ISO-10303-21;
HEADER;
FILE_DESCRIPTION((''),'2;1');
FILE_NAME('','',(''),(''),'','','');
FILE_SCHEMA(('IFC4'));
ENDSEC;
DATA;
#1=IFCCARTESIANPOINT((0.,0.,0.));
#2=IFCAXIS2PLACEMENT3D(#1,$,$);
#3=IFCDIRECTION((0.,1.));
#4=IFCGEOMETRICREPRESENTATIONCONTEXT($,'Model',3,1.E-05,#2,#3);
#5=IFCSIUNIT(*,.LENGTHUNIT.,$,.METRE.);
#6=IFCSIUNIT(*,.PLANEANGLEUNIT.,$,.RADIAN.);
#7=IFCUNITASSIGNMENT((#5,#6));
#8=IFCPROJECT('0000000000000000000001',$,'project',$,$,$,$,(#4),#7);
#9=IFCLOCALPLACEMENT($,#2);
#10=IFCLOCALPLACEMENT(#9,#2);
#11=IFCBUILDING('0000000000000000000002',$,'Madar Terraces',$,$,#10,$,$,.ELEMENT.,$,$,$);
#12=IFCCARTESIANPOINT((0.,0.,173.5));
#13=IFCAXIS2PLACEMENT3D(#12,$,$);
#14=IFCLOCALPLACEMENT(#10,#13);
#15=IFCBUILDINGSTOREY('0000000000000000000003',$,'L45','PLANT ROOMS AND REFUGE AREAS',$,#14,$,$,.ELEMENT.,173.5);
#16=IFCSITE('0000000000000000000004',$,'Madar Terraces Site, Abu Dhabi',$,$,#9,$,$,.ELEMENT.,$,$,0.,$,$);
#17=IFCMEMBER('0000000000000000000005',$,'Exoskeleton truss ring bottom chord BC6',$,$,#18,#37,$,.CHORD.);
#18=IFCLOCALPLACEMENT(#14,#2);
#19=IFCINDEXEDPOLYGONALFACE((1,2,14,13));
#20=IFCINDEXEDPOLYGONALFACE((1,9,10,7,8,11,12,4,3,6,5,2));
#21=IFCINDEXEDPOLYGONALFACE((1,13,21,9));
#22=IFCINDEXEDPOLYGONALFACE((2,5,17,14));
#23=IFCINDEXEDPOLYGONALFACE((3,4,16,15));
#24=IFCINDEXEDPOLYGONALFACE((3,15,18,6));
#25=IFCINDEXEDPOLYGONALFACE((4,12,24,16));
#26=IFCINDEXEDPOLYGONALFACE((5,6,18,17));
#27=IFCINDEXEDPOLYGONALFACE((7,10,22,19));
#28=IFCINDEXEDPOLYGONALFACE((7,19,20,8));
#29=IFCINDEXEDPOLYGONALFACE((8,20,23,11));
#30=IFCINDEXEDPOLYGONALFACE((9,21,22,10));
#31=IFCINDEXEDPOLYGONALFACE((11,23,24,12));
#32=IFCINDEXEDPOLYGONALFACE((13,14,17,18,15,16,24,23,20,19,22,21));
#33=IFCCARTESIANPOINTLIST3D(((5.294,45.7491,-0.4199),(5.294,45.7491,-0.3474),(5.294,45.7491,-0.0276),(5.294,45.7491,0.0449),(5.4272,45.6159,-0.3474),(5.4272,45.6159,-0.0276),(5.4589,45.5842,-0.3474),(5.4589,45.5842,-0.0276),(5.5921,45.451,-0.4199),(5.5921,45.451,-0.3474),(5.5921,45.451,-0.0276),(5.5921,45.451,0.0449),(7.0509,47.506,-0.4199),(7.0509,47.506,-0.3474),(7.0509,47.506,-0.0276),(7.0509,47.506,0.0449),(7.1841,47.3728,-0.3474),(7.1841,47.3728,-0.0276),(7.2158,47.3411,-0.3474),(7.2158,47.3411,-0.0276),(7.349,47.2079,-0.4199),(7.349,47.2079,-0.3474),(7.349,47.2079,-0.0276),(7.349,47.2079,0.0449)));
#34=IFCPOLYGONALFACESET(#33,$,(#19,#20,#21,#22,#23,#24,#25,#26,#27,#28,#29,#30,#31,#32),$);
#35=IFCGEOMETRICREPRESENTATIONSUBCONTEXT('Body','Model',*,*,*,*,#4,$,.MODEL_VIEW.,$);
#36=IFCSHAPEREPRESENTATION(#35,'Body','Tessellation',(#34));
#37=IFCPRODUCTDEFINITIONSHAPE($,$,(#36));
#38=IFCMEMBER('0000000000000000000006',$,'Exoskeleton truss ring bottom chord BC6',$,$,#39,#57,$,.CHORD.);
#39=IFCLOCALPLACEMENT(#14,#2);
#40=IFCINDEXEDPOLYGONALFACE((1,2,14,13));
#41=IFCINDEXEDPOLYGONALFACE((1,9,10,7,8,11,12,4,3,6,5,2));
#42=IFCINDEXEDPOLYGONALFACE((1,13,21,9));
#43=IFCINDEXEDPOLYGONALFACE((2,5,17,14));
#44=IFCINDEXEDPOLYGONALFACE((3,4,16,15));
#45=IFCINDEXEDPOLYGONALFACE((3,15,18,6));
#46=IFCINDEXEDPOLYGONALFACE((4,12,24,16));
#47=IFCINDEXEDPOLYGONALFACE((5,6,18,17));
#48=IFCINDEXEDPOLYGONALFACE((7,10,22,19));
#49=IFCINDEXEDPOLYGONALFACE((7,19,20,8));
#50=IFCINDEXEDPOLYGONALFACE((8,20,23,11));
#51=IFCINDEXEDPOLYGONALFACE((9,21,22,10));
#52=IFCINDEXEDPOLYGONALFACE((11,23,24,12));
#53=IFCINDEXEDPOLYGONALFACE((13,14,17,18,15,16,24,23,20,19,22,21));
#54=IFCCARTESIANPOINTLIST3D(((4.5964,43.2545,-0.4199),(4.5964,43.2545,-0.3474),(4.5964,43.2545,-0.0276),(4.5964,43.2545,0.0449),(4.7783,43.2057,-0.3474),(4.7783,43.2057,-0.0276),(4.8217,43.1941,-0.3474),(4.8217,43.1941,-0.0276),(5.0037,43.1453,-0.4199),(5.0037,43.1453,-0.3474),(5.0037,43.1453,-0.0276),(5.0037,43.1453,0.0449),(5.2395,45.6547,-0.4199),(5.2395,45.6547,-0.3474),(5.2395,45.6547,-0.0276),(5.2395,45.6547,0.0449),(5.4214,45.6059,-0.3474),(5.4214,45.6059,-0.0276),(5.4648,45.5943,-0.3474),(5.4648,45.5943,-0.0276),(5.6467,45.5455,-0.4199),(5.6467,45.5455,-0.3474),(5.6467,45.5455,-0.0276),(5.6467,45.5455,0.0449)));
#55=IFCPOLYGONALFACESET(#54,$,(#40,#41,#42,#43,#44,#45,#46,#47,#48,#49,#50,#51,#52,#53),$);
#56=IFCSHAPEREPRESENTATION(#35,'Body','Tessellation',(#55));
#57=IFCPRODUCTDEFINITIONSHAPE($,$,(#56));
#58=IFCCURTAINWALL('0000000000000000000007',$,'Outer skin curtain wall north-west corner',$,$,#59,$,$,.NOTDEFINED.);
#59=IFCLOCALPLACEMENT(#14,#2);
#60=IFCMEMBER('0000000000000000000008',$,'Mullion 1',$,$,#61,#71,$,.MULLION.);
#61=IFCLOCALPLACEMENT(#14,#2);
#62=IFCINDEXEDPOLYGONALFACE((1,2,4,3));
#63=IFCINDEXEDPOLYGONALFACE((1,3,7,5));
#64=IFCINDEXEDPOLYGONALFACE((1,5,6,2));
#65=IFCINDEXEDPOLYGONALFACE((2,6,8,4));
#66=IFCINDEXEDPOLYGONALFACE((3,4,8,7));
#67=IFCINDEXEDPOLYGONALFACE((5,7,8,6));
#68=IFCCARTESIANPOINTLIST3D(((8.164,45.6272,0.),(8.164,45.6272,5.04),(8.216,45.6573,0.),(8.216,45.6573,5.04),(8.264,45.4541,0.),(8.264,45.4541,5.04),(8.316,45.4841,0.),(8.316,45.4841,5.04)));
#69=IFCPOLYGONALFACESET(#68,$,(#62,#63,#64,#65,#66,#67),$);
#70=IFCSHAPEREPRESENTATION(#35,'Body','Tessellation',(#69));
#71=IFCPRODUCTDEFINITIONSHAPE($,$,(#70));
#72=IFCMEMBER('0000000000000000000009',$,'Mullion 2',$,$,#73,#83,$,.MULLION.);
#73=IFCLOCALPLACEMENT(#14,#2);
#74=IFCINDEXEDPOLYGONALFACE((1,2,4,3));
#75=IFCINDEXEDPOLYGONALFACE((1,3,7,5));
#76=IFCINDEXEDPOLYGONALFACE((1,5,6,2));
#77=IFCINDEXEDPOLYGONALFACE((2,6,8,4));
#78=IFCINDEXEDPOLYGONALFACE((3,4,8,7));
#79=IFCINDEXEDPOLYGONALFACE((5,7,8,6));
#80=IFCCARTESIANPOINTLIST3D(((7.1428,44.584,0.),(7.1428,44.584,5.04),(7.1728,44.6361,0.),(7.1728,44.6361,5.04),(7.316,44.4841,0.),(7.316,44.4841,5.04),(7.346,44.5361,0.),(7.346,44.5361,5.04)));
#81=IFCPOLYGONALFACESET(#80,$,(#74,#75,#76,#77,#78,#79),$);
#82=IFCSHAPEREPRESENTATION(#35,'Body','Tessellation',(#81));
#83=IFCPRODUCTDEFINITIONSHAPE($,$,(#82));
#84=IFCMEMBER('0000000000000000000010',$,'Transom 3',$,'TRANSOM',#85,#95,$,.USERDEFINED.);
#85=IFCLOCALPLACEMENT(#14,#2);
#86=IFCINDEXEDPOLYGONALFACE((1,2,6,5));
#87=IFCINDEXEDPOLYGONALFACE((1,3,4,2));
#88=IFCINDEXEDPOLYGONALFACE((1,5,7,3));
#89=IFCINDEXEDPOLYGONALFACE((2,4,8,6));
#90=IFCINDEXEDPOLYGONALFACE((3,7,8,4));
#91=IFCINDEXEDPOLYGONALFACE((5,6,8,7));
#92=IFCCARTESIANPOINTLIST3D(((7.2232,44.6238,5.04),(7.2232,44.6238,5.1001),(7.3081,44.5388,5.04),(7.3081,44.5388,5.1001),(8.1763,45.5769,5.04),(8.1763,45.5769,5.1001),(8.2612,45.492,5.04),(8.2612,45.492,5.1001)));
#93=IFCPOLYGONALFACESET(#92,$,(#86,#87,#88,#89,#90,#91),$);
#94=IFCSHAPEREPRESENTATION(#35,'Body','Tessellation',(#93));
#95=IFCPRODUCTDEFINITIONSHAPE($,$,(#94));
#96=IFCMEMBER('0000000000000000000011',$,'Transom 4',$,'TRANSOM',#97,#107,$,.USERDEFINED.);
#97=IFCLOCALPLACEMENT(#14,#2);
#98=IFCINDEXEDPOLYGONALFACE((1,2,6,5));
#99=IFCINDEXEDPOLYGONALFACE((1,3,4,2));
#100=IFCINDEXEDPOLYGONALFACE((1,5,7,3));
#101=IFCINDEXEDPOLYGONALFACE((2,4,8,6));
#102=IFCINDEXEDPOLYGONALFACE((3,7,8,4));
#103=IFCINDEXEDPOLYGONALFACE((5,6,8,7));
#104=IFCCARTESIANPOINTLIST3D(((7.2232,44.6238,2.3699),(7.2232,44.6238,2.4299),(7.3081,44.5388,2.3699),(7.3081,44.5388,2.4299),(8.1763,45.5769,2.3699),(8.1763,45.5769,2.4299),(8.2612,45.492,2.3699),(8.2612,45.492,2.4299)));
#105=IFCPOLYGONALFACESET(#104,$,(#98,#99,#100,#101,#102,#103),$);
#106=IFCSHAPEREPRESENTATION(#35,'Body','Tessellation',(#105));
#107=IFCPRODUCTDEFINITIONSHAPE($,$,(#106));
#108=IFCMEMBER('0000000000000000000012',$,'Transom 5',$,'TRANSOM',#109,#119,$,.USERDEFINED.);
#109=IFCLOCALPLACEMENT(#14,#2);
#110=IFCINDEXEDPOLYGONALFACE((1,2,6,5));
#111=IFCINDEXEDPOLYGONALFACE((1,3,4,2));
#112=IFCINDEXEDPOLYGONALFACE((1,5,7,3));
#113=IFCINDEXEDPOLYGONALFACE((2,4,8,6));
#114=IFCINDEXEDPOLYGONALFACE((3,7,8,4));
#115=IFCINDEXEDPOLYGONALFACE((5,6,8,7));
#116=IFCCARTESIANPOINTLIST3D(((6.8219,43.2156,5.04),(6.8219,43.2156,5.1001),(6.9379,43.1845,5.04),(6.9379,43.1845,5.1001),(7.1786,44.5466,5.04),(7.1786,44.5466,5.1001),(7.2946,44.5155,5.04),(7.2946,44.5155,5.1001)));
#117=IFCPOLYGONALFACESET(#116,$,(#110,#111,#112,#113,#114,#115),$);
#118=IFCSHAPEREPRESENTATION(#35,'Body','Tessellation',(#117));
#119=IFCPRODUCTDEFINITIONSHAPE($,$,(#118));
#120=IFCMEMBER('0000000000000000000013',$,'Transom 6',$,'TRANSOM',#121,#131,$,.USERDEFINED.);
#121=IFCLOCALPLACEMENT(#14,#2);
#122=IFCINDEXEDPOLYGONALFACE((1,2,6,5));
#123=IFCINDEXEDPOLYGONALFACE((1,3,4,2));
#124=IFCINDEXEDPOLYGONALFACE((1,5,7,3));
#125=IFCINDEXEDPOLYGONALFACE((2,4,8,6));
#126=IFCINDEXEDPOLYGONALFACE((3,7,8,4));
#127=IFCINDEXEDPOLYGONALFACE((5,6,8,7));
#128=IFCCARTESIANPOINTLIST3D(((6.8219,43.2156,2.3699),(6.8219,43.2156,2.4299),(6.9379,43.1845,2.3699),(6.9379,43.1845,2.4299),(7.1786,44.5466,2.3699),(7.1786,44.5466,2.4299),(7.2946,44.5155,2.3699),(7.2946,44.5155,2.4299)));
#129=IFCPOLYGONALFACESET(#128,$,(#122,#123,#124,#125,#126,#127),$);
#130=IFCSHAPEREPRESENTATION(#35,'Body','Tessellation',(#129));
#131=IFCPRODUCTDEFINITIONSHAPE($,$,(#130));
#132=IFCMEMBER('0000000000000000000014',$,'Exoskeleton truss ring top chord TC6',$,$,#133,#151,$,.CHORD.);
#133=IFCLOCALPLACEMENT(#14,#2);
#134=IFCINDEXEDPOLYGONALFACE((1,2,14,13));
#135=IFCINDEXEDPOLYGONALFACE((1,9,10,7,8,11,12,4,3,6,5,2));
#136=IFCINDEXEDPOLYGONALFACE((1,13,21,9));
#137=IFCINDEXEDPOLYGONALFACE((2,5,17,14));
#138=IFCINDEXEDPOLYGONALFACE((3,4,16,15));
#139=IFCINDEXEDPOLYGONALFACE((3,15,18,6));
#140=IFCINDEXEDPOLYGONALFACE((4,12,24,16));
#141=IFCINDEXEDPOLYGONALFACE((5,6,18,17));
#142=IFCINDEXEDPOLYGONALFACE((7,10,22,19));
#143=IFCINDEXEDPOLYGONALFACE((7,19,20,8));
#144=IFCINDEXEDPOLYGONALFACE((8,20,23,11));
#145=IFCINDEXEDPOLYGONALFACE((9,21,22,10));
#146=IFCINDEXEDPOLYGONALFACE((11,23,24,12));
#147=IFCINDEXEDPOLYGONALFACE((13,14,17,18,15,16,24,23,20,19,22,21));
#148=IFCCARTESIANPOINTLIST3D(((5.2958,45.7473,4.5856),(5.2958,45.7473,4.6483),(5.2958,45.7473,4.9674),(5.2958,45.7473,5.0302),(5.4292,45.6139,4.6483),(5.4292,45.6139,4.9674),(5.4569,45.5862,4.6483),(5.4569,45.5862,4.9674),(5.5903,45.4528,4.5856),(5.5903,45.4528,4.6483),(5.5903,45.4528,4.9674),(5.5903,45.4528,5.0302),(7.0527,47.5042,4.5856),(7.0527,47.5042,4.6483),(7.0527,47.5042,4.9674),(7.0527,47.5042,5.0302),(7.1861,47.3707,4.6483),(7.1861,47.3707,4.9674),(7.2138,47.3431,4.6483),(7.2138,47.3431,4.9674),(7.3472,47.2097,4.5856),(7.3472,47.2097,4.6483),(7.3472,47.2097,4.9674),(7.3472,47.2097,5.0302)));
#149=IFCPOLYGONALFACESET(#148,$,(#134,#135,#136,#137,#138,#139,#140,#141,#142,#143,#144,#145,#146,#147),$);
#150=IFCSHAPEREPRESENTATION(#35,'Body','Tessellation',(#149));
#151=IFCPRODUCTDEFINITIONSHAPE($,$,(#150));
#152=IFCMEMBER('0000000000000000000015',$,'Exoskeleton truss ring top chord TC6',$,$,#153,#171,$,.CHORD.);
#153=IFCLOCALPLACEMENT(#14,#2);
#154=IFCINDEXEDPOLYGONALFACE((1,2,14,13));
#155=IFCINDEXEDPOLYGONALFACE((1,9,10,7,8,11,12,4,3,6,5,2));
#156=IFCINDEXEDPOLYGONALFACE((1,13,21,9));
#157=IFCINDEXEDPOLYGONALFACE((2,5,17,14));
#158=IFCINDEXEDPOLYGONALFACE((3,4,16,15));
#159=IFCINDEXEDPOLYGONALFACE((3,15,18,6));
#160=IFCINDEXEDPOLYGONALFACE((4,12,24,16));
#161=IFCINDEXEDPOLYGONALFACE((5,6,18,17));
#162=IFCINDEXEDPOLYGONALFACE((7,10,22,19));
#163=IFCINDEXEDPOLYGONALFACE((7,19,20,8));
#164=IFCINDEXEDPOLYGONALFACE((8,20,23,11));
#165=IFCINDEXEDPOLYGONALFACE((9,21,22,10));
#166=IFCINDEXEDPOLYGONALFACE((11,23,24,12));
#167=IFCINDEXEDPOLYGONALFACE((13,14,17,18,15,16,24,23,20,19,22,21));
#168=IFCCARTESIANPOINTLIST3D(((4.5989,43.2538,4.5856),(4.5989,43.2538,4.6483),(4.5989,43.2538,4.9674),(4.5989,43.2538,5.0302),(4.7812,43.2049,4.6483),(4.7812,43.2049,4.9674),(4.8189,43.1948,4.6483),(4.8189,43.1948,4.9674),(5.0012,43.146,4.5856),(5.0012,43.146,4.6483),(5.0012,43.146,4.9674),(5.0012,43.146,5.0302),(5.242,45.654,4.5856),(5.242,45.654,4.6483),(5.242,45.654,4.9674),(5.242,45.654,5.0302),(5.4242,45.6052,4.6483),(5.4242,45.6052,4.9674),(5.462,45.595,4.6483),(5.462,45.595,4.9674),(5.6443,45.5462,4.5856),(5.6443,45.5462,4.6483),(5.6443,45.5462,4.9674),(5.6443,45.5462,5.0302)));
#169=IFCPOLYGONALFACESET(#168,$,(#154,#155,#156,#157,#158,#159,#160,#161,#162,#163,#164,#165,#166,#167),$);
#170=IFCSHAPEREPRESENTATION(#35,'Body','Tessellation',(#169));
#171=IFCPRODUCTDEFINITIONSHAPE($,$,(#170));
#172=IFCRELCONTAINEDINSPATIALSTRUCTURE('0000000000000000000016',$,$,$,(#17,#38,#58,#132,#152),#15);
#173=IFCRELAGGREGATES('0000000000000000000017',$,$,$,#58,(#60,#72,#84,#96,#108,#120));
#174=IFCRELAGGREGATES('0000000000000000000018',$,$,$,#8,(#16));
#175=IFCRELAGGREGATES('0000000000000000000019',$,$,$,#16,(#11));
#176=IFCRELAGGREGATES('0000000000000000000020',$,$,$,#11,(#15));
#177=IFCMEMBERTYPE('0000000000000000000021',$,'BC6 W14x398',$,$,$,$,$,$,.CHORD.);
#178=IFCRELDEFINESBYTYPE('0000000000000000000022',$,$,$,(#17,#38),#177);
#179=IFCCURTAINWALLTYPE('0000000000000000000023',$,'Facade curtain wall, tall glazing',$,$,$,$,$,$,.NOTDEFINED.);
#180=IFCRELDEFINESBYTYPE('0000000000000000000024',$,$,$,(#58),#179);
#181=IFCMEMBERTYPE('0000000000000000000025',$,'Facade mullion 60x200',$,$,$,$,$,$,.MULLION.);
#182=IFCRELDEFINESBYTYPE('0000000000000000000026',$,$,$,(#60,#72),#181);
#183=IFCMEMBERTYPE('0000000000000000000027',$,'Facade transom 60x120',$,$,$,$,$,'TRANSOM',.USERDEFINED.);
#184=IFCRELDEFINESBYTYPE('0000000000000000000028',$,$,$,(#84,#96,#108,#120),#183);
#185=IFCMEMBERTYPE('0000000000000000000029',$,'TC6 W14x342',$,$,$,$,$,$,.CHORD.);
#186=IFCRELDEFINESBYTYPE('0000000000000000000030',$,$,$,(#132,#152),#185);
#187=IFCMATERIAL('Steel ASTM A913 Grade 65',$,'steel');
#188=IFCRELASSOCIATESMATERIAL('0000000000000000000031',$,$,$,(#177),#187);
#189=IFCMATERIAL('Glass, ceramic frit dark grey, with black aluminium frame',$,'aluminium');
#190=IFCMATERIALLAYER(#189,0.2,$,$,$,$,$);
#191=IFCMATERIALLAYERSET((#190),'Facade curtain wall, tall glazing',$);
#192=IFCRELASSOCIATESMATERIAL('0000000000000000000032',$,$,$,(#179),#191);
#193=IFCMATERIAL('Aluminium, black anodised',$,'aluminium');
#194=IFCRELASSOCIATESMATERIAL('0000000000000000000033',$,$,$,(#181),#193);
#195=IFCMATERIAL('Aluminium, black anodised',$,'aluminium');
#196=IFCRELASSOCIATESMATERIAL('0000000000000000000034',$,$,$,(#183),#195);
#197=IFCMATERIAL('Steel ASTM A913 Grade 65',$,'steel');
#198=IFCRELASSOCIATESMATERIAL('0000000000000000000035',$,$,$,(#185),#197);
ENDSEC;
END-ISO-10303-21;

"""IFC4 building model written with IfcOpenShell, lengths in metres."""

from ifc_helpers import new_model, si_unit, direction, frame, origin, origin_2d, place, context, subcontext, project, spatial, rectangle, i_section, extrude, material, layer, layer_set, material_profile, profile_set, type_object, element, aggregate, save


model = new_model("IFC4")

# Units and contexts
model_context = context("Model", 3, precision=1e-05, world=origin(), true_north=direction((0.0, 1.0)))
body_context = subcontext(model_context, "Body", "Model", "MODEL_VIEW")
ifc_project = project(units=[si_unit("LENGTHUNIT", "METRE"), si_unit("PLANEANGLEUNIT", "RADIAN")], contexts=[model_context])

# Site, building, storey
site_placement = place(None, origin())
site = spatial("IfcSite", under=ifc_project, at=site_placement, Name="Madar Terraces Site, Abu Dhabi", CompositionType="ELEMENT", RefElevation=0.0)
building_placement = place(site_placement, origin())
building = spatial("IfcBuilding", under=site, at=building_placement, Name="Madar Terraces", CompositionType="ELEMENT")
storey_placement = place(building_placement, frame((0.0, 0.0, 173.5)))
storey = spatial("IfcBuildingStorey", under=building, at=storey_placement, Name="L45", Description="PLANT ROOMS AND REFUGE AREAS", CompositionType="ELEMENT", Elevation=173.5)

# Members
ifc_material_1 = material(Name="Steel ASTM A913 Grade 65", Category="steel")
ifc_material_profile_1 = material_profile(ifc_material_1, i_section(OverallWidth=0.4216, OverallDepth=0.4648, WebThickness=0.0449, FlangeThickness=0.0725, at=origin_2d()), Name="W14x398")
ifc_profile_set_1 = profile_set([ifc_material_profile_1], Name="Steel ASTM A913 Grade 65")
member_type_1 = type_object("IfcMemberType", Name="BC6 W14x398", PredefinedType="CHORD", material=ifc_profile_set_1)
member_1_placement = place(storey_placement, frame((7.2, 47.3569, -0.1875), z_axis=(-0.707107, -0.707107, 0.0), x_axis=(0.707107, -0.707107, 0.0)))
element("IfcMember", 1, at=member_1_placement, inside=storey, type_object=member_type_1, Name="Exoskeleton truss ring bottom chord BC6", PredefinedType="CHORD", context=body_context, shape_type="SweptSolid", body=[
    extrude(i_section(OverallWidth=0.4216, OverallDepth=0.4648, WebThickness=0.0449, FlangeThickness=0.0725, at=origin_2d()), origin(), (0.0, 0.0, 1.0), 2.4846),
])
member_2_placement = place(storey_placement, frame((5.4431, 45.6001, -0.1875), z_axis=(-0.2588, -0.965931, 0.0), x_axis=(0.965931, -0.2588, 0.0)))
element("IfcMember", 2, at=member_2_placement, inside=storey, type_object=member_type_1, Name="Exoskeleton truss ring bottom chord BC6", PredefinedType="CHORD", context=body_context, shape_type="SweptSolid", body=[
    extrude(i_section(OverallWidth=0.4216, OverallDepth=0.4648, WebThickness=0.0449, FlangeThickness=0.0725, at=origin_2d()), origin(), (0.0, 0.0, 1.0), 2.4849),
])

# Curtain wall, members
ifc_material_2 = material(Name="Glass, ceramic frit dark grey, with black aluminium frame", Category="aluminium")
ifc_layer_1 = layer(ifc_material_2, 0.2)
ifc_layer_set_1 = layer_set([ifc_layer_1], Name="Facade curtain wall, tall glazing")
curtain_wall_type = type_object("IfcCurtainWallType", Name="Facade curtain wall, tall glazing", PredefinedType="NOTDEFINED", material=ifc_layer_set_1)
curtain_wall_placement = place(storey_placement, origin())
curtain_wall = element("IfcCurtainWall", 3, at=curtain_wall_placement, inside=storey, type_object=curtain_wall_type, Name="Outer skin curtain wall north-west corner", PredefinedType="NOTDEFINED")
ifc_material_3 = material(Name="Aluminium, black anodised", Category="aluminium")
ifc_material_profile_2 = material_profile(ifc_material_3, rectangle(XDim=0.2, YDim=0.0601, at=origin_2d()), Name="Facade mullion 60x200")
ifc_profile_set_2 = profile_set([ifc_material_profile_2], Name="Aluminium, black anodised")
member_type_2 = type_object("IfcMemberType", Name="Facade mullion 60x200", PredefinedType="MULLION", material=ifc_profile_set_2)
member_3_placement = place(storey_placement, frame((8.24, 45.5557, 0.0), z_axis=(0.0, 0.0, 1.0), x_axis=(0.5, -0.866025, 0.0)))
member_3 = element("IfcMember", 4, at=member_3_placement, type_object=member_type_2, Name="Mullion 1", PredefinedType="MULLION", context=body_context, shape_type="SweptSolid", body=[
    extrude(rectangle(XDim=0.2, YDim=0.0601, at=origin_2d()), origin(), (0.0, 0.0, 1.0), 5.04),
])
member_4_placement = place(storey_placement, frame((7.2444, 44.5601, 0.0), z_axis=(0.0, 0.0, 1.0), x_axis=(0.866025, -0.5, 0.0)))
member_4 = element("IfcMember", 5, at=member_4_placement, type_object=member_type_2, Name="Mullion 2", PredefinedType="MULLION", context=body_context, shape_type="SweptSolid", body=[
    extrude(rectangle(XDim=0.2, YDim=0.0601, at=origin_2d()), origin(), (0.0, 0.0, 1.0), 5.04),
])
ifc_material_4 = material(Name="Aluminium, black anodised", Category="aluminium")
ifc_material_profile_3 = material_profile(ifc_material_4, rectangle(XDim=0.1201, YDim=0.0601, at=origin_2d()), Name="Facade transom 60x120")
ifc_profile_set_3 = profile_set([ifc_material_profile_3], Name="Aluminium, black anodised")
member_type_3 = type_object("IfcMemberType", Name="Facade transom 60x120", ElementType="TRANSOM", PredefinedType="USERDEFINED", material=ifc_profile_set_3)
member_5_placement = place(storey_placement, frame((8.2188, 45.5344, 5.0701), z_axis=(-0.707107, -0.707107, 0.0), x_axis=(0.707107, -0.707107, 0.0)))
member_5 = element("IfcMember", 6, at=member_5_placement, type_object=member_type_3, Name="Transom 3", ObjectType="TRANSOM", PredefinedType="USERDEFINED", context=body_context, shape_type="SweptSolid", body=[
    extrude(rectangle(XDim=0.1201, YDim=0.0601, at=origin_2d()), origin(), (0.0, 0.0, 1.0), 1.3479),
])
member_6_placement = place(storey_placement, frame((8.2188, 45.5344, 2.3999), z_axis=(-0.707107, -0.707107, 0.0), x_axis=(0.707107, -0.707107, 0.0)))
member_6 = element("IfcMember", 7, at=member_6_placement, type_object=member_type_3, Name="Transom 4", ObjectType="TRANSOM", PredefinedType="USERDEFINED", context=body_context, shape_type="SweptSolid", body=[
    extrude(rectangle(XDim=0.1201, YDim=0.0601, at=origin_2d()), origin(), (0.0, 0.0, 1.0), 1.3479),
])
member_7_placement = place(storey_placement, frame((7.2366, 44.531, 5.0701), z_axis=(-0.258842, -0.96592, 0.0), x_axis=(0.96592, -0.258842, 0.0)))
member_7 = element("IfcMember", 8, at=member_7_placement, type_object=member_type_3, Name="Transom 5", ObjectType="TRANSOM", PredefinedType="USERDEFINED", context=body_context, shape_type="SweptSolid", body=[
    extrude(rectangle(XDim=0.1201, YDim=0.0601, at=origin_2d()), origin(), (0.0, 0.0, 1.0), 1.3779),
])
member_8_placement = place(storey_placement, frame((7.2366, 44.531, 2.3999), z_axis=(-0.258842, -0.96592, 0.0), x_axis=(0.96592, -0.258842, 0.0)))
member_8 = element("IfcMember", 9, at=member_8_placement, type_object=member_type_3, Name="Transom 6", ObjectType="TRANSOM", PredefinedType="USERDEFINED", context=body_context, shape_type="SweptSolid", body=[
    extrude(rectangle(XDim=0.1201, YDim=0.0601, at=origin_2d()), origin(), (0.0, 0.0, 1.0), 1.3779),
])

# Members
ifc_material_5 = material(Name="Steel ASTM A913 Grade 65", Category="steel")
ifc_material_profile_4 = material_profile(ifc_material_5, i_section(OverallWidth=0.4165, OverallDepth=0.4446, WebThickness=0.0391, FlangeThickness=0.0627, at=origin_2d()), Name="W14x342")
ifc_profile_set_4 = profile_set([ifc_material_profile_4], Name="Steel ASTM A913 Grade 65")
member_type_4 = type_object("IfcMemberType", Name="TC6 W14x342", PredefinedType="CHORD", material=ifc_profile_set_4)
member_9_placement = place(storey_placement, frame((7.2, 47.3569, 4.8079), z_axis=(-0.707107, -0.707107, 0.0), x_axis=(0.707107, -0.707107, 0.0)))
element("IfcMember", 10, at=member_9_placement, inside=storey, type_object=member_type_4, Name="Exoskeleton truss ring top chord TC6", PredefinedType="CHORD", context=body_context, shape_type="SweptSolid", body=[
    extrude(i_section(OverallWidth=0.4165, OverallDepth=0.4446, WebThickness=0.0391, FlangeThickness=0.0627, at=origin_2d()), origin(), (0.0, 0.0, 1.0), 2.4846),
])
member_10_placement = place(storey_placement, frame((5.4431, 45.6001, 4.8079), z_axis=(-0.2588, -0.965931, 0.0), x_axis=(0.965931, -0.2588, 0.0)))
element("IfcMember", 11, at=member_10_placement, inside=storey, type_object=member_type_4, Name="Exoskeleton truss ring top chord TC6", PredefinedType="CHORD", context=body_context, shape_type="SweptSolid", body=[
    extrude(i_section(OverallWidth=0.4165, OverallDepth=0.4446, WebThickness=0.0391, FlangeThickness=0.0627, at=origin_2d()), origin(), (0.0, 0.0, 1.0), 2.4849),
])

aggregate(curtain_wall, [member_3, member_4, member_5, member_6, member_7, member_8])

save(model, "model.ifc")
